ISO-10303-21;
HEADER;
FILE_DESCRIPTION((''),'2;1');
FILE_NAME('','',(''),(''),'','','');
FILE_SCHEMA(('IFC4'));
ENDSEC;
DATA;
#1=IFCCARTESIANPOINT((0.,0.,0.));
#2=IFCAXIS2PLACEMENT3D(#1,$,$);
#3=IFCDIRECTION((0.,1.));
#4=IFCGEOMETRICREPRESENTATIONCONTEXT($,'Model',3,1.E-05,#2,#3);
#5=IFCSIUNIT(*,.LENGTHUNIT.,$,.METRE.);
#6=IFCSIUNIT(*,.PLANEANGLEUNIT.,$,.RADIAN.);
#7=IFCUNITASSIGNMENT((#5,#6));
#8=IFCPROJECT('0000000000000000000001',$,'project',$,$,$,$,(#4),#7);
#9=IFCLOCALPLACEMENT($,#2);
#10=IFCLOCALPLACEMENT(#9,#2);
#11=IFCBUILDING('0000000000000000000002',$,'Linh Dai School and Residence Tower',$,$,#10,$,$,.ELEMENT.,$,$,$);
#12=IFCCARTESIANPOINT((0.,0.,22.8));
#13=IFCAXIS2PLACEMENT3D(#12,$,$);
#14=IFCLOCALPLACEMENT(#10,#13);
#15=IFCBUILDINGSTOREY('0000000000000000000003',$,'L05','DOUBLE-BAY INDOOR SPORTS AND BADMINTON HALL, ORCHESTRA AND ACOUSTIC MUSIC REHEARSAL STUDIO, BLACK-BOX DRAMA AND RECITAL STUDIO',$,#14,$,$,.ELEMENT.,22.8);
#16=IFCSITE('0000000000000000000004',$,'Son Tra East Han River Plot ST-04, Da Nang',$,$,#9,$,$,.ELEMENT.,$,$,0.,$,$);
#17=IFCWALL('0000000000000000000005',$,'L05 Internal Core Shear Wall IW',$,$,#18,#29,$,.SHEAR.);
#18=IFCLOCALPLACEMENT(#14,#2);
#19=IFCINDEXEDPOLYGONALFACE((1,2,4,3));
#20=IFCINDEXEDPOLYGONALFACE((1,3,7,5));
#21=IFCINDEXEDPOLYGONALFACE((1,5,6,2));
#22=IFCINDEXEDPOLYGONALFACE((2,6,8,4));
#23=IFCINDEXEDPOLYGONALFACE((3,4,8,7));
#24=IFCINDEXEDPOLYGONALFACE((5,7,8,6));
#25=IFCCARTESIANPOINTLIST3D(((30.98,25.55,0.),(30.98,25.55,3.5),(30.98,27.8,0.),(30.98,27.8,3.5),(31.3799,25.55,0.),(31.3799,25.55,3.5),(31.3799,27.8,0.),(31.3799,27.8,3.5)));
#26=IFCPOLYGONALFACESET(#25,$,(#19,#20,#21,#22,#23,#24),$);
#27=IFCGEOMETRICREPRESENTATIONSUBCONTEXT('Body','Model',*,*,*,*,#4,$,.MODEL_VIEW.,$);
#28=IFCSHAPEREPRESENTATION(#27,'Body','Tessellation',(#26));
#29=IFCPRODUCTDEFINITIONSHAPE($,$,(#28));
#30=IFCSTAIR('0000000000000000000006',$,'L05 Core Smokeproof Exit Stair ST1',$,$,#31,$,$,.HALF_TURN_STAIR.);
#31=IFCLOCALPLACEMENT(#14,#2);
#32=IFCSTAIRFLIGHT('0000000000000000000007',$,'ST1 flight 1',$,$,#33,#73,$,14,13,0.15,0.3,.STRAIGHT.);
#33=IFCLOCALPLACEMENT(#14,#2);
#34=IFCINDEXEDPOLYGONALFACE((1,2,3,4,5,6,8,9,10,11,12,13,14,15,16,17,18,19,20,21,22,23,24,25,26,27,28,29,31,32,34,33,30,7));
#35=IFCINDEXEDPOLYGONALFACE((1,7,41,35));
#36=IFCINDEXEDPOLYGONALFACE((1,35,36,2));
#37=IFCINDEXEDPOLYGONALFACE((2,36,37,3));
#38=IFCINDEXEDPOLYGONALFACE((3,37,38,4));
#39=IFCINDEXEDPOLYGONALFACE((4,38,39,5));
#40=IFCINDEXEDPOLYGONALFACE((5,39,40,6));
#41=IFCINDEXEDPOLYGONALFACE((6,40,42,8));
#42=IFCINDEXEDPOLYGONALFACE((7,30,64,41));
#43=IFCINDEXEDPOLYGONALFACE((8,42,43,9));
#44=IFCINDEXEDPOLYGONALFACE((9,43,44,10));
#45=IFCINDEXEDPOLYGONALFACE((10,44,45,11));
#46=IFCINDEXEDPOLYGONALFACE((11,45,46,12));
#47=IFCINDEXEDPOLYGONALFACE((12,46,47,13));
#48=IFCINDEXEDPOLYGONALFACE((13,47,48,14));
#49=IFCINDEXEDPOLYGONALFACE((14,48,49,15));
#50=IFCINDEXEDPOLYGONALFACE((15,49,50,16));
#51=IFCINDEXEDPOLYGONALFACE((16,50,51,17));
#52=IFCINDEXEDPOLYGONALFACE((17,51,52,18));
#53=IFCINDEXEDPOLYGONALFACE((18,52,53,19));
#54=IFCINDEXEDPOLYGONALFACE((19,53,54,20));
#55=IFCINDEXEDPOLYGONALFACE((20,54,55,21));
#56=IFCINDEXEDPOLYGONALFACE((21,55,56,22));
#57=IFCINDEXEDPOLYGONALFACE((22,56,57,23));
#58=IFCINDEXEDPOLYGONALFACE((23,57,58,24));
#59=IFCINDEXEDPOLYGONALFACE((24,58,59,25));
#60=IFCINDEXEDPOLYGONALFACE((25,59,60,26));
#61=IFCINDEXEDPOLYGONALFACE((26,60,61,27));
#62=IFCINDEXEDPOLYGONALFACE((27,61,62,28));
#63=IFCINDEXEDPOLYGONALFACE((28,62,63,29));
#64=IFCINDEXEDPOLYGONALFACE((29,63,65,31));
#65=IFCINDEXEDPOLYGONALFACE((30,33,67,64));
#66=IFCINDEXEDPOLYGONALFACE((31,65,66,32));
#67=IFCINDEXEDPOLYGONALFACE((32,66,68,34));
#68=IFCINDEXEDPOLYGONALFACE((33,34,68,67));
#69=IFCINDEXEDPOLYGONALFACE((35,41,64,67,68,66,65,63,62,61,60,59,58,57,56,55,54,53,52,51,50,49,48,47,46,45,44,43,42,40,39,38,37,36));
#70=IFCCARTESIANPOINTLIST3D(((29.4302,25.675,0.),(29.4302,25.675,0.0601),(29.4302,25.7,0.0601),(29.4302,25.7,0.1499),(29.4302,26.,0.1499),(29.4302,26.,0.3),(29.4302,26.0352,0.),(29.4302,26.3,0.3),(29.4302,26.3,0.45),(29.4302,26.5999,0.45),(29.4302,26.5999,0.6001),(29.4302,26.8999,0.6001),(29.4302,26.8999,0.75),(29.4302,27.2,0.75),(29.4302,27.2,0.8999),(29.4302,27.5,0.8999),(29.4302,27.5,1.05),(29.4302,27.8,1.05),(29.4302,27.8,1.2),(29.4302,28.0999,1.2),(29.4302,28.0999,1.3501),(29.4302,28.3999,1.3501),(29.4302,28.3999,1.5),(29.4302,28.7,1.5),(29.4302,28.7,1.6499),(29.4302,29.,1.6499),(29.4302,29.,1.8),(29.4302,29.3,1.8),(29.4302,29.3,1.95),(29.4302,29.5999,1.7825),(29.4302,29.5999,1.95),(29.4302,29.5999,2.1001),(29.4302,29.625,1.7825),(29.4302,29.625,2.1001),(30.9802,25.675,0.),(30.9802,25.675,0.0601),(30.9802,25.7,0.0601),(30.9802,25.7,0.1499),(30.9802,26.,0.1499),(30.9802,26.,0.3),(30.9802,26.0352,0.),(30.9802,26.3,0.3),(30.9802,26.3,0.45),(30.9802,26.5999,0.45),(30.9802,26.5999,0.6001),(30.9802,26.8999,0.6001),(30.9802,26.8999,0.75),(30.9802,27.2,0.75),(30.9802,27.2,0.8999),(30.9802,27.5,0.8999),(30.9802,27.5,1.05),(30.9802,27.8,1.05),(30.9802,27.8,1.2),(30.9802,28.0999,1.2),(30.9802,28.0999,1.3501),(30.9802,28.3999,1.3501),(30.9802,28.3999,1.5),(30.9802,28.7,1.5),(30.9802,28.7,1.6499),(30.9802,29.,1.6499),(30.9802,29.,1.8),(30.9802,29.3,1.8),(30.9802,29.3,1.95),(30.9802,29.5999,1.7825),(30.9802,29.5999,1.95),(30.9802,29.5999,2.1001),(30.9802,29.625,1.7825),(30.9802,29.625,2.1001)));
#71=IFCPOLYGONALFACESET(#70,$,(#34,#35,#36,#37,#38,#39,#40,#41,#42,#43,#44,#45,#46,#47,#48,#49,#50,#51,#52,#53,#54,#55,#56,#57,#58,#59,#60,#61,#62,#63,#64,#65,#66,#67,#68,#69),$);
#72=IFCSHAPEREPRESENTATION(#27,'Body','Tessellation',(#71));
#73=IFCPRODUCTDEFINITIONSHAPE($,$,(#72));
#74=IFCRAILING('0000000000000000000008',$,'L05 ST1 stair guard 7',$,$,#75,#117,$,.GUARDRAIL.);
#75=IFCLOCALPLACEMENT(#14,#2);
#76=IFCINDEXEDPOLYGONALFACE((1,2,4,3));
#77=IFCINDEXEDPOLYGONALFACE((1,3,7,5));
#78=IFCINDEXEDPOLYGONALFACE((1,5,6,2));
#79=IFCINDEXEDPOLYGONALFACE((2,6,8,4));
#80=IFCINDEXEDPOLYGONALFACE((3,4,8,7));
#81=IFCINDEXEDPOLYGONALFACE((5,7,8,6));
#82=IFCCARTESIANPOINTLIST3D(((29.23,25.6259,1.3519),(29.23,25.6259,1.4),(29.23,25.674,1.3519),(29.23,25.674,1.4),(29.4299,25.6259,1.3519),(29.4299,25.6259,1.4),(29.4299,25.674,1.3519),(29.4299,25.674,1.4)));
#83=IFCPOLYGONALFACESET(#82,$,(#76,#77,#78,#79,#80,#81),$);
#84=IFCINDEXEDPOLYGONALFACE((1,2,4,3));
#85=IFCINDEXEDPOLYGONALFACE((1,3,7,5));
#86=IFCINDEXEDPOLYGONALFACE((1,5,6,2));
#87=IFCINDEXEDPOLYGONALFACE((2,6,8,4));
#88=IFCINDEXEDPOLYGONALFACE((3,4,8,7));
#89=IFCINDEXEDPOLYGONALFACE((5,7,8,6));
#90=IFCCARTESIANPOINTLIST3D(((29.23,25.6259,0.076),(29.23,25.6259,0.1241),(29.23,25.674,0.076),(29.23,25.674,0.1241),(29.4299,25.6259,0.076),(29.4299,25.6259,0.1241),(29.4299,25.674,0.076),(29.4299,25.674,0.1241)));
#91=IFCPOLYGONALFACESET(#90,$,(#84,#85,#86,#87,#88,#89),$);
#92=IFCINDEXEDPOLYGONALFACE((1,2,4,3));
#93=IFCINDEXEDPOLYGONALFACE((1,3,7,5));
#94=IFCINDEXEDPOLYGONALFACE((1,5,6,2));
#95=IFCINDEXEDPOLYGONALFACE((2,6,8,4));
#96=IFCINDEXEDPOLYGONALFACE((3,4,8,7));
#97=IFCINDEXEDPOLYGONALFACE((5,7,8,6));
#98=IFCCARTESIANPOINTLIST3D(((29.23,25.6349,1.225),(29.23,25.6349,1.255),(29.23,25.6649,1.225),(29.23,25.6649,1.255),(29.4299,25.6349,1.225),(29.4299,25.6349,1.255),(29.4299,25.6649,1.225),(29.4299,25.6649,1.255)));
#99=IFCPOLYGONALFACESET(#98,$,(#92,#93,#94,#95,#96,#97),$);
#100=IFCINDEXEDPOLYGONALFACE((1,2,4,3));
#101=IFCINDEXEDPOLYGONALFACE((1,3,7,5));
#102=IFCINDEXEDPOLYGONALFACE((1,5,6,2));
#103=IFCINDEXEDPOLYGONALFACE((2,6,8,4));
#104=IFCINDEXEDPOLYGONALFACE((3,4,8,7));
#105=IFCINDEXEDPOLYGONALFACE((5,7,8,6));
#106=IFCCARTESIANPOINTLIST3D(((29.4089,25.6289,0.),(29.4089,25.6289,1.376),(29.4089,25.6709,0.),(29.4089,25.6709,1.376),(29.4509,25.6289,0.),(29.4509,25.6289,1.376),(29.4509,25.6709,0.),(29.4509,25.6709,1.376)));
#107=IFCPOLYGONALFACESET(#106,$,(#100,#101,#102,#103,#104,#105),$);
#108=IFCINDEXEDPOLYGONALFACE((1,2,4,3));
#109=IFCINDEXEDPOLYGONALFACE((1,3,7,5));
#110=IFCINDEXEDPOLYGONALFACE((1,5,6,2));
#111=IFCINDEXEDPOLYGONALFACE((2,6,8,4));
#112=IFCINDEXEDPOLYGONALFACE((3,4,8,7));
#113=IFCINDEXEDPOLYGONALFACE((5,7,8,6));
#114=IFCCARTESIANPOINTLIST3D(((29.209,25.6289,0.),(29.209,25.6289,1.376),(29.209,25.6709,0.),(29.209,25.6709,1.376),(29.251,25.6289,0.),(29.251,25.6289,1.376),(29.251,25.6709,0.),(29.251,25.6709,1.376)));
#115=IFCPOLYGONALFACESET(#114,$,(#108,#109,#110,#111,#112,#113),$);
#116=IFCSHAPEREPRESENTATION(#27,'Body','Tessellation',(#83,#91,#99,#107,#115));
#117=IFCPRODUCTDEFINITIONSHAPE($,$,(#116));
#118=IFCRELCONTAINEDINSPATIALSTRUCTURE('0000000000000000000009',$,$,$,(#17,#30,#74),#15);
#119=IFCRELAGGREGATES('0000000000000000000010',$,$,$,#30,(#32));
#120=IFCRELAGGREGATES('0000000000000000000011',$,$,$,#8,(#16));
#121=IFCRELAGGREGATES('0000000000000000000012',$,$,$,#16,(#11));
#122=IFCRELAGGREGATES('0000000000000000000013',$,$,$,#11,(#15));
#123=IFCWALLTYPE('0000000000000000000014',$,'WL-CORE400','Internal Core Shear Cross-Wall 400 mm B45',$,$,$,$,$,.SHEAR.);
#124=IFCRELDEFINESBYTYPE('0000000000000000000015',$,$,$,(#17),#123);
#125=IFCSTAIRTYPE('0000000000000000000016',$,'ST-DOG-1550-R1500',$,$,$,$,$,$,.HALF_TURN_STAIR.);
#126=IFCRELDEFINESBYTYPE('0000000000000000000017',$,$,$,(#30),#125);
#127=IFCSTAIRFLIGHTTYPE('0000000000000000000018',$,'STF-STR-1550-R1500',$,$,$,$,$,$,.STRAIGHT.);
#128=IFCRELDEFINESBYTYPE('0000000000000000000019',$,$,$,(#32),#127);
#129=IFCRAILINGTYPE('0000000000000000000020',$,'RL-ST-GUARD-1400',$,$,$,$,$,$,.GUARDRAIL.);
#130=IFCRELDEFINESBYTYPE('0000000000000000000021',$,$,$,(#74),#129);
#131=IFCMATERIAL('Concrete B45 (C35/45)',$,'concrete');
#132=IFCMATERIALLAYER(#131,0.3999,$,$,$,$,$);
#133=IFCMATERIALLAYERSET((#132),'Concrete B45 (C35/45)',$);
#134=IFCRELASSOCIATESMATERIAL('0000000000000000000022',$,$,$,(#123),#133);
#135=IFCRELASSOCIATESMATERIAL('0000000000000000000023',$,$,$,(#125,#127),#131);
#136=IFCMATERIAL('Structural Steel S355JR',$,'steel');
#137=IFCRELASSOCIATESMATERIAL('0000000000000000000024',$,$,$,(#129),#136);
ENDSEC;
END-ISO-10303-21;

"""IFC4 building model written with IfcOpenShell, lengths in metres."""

from ifc_helpers import new_model, si_unit, direction, frame, frame_2d, origin, origin_2d, place, context, subcontext, project, spatial, polyline, rectangle, outline, extrude, source, transform, mapped, material, layer, layer_set, type_object, element, aggregate, save


model = new_model("IFC4")

# Units and contexts
model_context = context("Model", 3, precision=1e-05, world=origin(), true_north=direction((0.0, 1.0)))
body_context = subcontext(model_context, "Body", "Model", "MODEL_VIEW")
ifc_project = project(units=[si_unit("LENGTHUNIT", "METRE"), si_unit("PLANEANGLEUNIT", "RADIAN")], contexts=[model_context])

# Site, building, storey
site_placement = place(None, origin())
site = spatial("IfcSite", under=ifc_project, at=site_placement, Name="Son Tra East Han River Plot ST-04, Da Nang", CompositionType="ELEMENT", RefElevation=0.0)
building_placement = place(site_placement, origin())
building = spatial("IfcBuilding", under=site, at=building_placement, Name="Linh Dai School and Residence Tower", CompositionType="ELEMENT")
storey_placement = place(building_placement, frame((0.0, 0.0, 22.8)))
storey = spatial("IfcBuildingStorey", under=building, at=storey_placement, Name="L05", Description="DOUBLE-BAY INDOOR SPORTS AND BADMINTON HALL, ORCHESTRA AND ACOUSTIC MUSIC REHEARSAL STUDIO, BLACK-BOX DRAMA AND RECITAL STUDIO", CompositionType="ELEMENT", Elevation=22.8)

# Shared definitions
ifc_material_1 = material(Name="Structural Steel S355JR", Category="steel")

# Shared definitions
ifc_material_2 = material(Name="Concrete B45 (C35/45)", Category="concrete")

# Wall
ifc_layer_1 = layer(ifc_material_2, 0.3999)
ifc_layer_set_1 = layer_set([ifc_layer_1], Name="Concrete B45 (C35/45)")
wall_type_1 = type_object("IfcWallType", Name="WL-CORE400", Description="Internal Core Shear Cross-Wall 400 mm B45", PredefinedType="SHEAR", material=ifc_layer_set_1)
wall_1_placement = place(storey_placement, frame((31.1799, 25.55, 0.0), z_axis=(0.0, 0.0, 1.0), x_axis=(0.0, 1.0, 0.0)))
element("IfcWall", 1, at=wall_1_placement, inside=storey, type_object=wall_type_1, Name="L05 Internal Core Shear Wall IW", PredefinedType="SHEAR", context=body_context, shape_type="SweptSolid", body=[
    extrude(rectangle(XDim=2.25, YDim=0.3999, at=frame_2d((1.125, 0.0))), origin(), (0.0, 0.0, 1.0), 3.5),
])

# Stair, stair flight
stair_type = type_object("IfcStairType", Name="ST-DOG-1550-R1500", PredefinedType="HALF_TURN_STAIR", material=ifc_material_2)
stair_placement = place(storey_placement, origin())
stair = element("IfcStair", 2, at=stair_placement, inside=storey, type_object=stair_type, Name="L05 Core Smokeproof Exit Stair ST1", PredefinedType="HALF_TURN_STAIR")
stair_flight_type = type_object("IfcStairFlightType", Name="STF-STR-1550-R1500", PredefinedType="STRAIGHT", material=ifc_material_2)
shared_shape_1 = source(origin(), body_context, "Body", "SweptSolid", [
    extrude(outline(polyline([(-0.0249, 0.0), (-0.0249, 0.0601), (0.0, 0.0601), (0.0, 0.1499), (0.3, 0.1499), (0.3, 0.3), (0.6001, 0.3), (0.6001, 0.45), (0.8999, 0.45), (0.8999, 0.6001), (1.2, 0.6001), (1.2, 0.75), (1.5, 0.75), (1.5, 0.8999), (1.8, 0.8999), (1.8, 1.05), (2.1001, 1.05), (2.1001, 1.2), (2.3999, 1.2), (2.3999, 1.3501), (2.7, 1.3501), (2.7, 1.5), (3.0, 1.5), (3.0, 1.6499), (3.3, 1.6499), (3.3, 1.8), (3.6001, 1.8), (3.6001, 1.95), (3.8999, 1.95), (3.8999, 2.1001), (3.925, 2.1001), (3.925, 1.7825), (3.8999, 1.7825), (0.3352, 0.0), (-0.0249, 0.0)])), frame((0.0, 0.7749, 0.0), z_axis=(0.0, -1.0, 0.0), x_axis=(1.0, 0.0, 0.0)), (0.0, 0.0, 1.0), 1.55),
])
stair_flight_placement = place(storey_placement, frame((30.2051, 25.7, 0.0), z_axis=(0.0, 0.0, 1.0), x_axis=(0.0, 1.0, 0.0)))
stair_flight = element("IfcStairFlight", 3, at=stair_flight_placement, type_object=stair_flight_type, Name="ST1 flight 1", NumberOfRisers=14, NumberOfTreads=13, PredefinedType="STRAIGHT", RiserHeight=0.15, TreadLength=0.3, context=body_context, shape_type="MappedRepresentation", body=[
    mapped(shared_shape_1, transform((0.0, 0.0, 0.0), x_axis=(1.0, 0.0, 0.0), y_axis=(0.0, 1.0, 0.0), z_axis=(0.0, 0.0, 1.0), scale=1.0)),
])
aggregate(stair, [stair_flight])

# Railing
railing_type_1 = type_object("IfcRailingType", Name="RL-ST-GUARD-1400", PredefinedType="GUARDRAIL", material=ifc_material_1)
shared_shape_2 = source(origin(), body_context, "Body", "SweptSolid", [
    extrude(rectangle(XDim=0.0481, YDim=0.0481, at=origin_2d()), frame((0.0, 0.0, 1.376), z_axis=(-1.0, 0.0, 0.0), x_axis=(0.0, -1.0, 0.0)), (0.0, 0.0, 1.0), 0.2),
    extrude(rectangle(XDim=0.0481, YDim=0.0481, at=origin_2d()), frame((0.0, 0.0, 0.1001), z_axis=(-1.0, 0.0, 0.0), x_axis=(0.0, -1.0, 0.0)), (0.0, 0.0, 1.0), 0.2),
    extrude(rectangle(XDim=0.03, YDim=0.03, at=origin_2d()), frame((0.0, 0.0, 1.24), z_axis=(-1.0, 0.0, 0.0), x_axis=(0.0, -1.0, 0.0)), (0.0, 0.0, 1.0), 0.2),
    extrude(rectangle(XDim=0.042, YDim=0.042, at=origin_2d()), origin(), (0.0, 0.0, 1.0), 1.376),
    extrude(rectangle(XDim=0.042, YDim=0.042, at=origin_2d()), frame((-0.2, 0.0, 0.0)), (0.0, 0.0, 1.0), 1.376),
])
railing_1_placement = place(storey_placement, frame((29.4299, 25.6499, 0.0)))
element("IfcRailing", 4, at=railing_1_placement, inside=storey, type_object=railing_type_1, Name="L05 ST1 stair guard 7", PredefinedType="GUARDRAIL", context=body_context, shape_type="MappedRepresentation", body=[
    mapped(shared_shape_2, transform((0.0, 0.0, 0.0), x_axis=(1.0, 0.0, 0.0), y_axis=(0.0, 1.0, 0.0), z_axis=(0.0, 0.0, 1.0), scale=1.0)),
])

save(model, "model.ifc")
